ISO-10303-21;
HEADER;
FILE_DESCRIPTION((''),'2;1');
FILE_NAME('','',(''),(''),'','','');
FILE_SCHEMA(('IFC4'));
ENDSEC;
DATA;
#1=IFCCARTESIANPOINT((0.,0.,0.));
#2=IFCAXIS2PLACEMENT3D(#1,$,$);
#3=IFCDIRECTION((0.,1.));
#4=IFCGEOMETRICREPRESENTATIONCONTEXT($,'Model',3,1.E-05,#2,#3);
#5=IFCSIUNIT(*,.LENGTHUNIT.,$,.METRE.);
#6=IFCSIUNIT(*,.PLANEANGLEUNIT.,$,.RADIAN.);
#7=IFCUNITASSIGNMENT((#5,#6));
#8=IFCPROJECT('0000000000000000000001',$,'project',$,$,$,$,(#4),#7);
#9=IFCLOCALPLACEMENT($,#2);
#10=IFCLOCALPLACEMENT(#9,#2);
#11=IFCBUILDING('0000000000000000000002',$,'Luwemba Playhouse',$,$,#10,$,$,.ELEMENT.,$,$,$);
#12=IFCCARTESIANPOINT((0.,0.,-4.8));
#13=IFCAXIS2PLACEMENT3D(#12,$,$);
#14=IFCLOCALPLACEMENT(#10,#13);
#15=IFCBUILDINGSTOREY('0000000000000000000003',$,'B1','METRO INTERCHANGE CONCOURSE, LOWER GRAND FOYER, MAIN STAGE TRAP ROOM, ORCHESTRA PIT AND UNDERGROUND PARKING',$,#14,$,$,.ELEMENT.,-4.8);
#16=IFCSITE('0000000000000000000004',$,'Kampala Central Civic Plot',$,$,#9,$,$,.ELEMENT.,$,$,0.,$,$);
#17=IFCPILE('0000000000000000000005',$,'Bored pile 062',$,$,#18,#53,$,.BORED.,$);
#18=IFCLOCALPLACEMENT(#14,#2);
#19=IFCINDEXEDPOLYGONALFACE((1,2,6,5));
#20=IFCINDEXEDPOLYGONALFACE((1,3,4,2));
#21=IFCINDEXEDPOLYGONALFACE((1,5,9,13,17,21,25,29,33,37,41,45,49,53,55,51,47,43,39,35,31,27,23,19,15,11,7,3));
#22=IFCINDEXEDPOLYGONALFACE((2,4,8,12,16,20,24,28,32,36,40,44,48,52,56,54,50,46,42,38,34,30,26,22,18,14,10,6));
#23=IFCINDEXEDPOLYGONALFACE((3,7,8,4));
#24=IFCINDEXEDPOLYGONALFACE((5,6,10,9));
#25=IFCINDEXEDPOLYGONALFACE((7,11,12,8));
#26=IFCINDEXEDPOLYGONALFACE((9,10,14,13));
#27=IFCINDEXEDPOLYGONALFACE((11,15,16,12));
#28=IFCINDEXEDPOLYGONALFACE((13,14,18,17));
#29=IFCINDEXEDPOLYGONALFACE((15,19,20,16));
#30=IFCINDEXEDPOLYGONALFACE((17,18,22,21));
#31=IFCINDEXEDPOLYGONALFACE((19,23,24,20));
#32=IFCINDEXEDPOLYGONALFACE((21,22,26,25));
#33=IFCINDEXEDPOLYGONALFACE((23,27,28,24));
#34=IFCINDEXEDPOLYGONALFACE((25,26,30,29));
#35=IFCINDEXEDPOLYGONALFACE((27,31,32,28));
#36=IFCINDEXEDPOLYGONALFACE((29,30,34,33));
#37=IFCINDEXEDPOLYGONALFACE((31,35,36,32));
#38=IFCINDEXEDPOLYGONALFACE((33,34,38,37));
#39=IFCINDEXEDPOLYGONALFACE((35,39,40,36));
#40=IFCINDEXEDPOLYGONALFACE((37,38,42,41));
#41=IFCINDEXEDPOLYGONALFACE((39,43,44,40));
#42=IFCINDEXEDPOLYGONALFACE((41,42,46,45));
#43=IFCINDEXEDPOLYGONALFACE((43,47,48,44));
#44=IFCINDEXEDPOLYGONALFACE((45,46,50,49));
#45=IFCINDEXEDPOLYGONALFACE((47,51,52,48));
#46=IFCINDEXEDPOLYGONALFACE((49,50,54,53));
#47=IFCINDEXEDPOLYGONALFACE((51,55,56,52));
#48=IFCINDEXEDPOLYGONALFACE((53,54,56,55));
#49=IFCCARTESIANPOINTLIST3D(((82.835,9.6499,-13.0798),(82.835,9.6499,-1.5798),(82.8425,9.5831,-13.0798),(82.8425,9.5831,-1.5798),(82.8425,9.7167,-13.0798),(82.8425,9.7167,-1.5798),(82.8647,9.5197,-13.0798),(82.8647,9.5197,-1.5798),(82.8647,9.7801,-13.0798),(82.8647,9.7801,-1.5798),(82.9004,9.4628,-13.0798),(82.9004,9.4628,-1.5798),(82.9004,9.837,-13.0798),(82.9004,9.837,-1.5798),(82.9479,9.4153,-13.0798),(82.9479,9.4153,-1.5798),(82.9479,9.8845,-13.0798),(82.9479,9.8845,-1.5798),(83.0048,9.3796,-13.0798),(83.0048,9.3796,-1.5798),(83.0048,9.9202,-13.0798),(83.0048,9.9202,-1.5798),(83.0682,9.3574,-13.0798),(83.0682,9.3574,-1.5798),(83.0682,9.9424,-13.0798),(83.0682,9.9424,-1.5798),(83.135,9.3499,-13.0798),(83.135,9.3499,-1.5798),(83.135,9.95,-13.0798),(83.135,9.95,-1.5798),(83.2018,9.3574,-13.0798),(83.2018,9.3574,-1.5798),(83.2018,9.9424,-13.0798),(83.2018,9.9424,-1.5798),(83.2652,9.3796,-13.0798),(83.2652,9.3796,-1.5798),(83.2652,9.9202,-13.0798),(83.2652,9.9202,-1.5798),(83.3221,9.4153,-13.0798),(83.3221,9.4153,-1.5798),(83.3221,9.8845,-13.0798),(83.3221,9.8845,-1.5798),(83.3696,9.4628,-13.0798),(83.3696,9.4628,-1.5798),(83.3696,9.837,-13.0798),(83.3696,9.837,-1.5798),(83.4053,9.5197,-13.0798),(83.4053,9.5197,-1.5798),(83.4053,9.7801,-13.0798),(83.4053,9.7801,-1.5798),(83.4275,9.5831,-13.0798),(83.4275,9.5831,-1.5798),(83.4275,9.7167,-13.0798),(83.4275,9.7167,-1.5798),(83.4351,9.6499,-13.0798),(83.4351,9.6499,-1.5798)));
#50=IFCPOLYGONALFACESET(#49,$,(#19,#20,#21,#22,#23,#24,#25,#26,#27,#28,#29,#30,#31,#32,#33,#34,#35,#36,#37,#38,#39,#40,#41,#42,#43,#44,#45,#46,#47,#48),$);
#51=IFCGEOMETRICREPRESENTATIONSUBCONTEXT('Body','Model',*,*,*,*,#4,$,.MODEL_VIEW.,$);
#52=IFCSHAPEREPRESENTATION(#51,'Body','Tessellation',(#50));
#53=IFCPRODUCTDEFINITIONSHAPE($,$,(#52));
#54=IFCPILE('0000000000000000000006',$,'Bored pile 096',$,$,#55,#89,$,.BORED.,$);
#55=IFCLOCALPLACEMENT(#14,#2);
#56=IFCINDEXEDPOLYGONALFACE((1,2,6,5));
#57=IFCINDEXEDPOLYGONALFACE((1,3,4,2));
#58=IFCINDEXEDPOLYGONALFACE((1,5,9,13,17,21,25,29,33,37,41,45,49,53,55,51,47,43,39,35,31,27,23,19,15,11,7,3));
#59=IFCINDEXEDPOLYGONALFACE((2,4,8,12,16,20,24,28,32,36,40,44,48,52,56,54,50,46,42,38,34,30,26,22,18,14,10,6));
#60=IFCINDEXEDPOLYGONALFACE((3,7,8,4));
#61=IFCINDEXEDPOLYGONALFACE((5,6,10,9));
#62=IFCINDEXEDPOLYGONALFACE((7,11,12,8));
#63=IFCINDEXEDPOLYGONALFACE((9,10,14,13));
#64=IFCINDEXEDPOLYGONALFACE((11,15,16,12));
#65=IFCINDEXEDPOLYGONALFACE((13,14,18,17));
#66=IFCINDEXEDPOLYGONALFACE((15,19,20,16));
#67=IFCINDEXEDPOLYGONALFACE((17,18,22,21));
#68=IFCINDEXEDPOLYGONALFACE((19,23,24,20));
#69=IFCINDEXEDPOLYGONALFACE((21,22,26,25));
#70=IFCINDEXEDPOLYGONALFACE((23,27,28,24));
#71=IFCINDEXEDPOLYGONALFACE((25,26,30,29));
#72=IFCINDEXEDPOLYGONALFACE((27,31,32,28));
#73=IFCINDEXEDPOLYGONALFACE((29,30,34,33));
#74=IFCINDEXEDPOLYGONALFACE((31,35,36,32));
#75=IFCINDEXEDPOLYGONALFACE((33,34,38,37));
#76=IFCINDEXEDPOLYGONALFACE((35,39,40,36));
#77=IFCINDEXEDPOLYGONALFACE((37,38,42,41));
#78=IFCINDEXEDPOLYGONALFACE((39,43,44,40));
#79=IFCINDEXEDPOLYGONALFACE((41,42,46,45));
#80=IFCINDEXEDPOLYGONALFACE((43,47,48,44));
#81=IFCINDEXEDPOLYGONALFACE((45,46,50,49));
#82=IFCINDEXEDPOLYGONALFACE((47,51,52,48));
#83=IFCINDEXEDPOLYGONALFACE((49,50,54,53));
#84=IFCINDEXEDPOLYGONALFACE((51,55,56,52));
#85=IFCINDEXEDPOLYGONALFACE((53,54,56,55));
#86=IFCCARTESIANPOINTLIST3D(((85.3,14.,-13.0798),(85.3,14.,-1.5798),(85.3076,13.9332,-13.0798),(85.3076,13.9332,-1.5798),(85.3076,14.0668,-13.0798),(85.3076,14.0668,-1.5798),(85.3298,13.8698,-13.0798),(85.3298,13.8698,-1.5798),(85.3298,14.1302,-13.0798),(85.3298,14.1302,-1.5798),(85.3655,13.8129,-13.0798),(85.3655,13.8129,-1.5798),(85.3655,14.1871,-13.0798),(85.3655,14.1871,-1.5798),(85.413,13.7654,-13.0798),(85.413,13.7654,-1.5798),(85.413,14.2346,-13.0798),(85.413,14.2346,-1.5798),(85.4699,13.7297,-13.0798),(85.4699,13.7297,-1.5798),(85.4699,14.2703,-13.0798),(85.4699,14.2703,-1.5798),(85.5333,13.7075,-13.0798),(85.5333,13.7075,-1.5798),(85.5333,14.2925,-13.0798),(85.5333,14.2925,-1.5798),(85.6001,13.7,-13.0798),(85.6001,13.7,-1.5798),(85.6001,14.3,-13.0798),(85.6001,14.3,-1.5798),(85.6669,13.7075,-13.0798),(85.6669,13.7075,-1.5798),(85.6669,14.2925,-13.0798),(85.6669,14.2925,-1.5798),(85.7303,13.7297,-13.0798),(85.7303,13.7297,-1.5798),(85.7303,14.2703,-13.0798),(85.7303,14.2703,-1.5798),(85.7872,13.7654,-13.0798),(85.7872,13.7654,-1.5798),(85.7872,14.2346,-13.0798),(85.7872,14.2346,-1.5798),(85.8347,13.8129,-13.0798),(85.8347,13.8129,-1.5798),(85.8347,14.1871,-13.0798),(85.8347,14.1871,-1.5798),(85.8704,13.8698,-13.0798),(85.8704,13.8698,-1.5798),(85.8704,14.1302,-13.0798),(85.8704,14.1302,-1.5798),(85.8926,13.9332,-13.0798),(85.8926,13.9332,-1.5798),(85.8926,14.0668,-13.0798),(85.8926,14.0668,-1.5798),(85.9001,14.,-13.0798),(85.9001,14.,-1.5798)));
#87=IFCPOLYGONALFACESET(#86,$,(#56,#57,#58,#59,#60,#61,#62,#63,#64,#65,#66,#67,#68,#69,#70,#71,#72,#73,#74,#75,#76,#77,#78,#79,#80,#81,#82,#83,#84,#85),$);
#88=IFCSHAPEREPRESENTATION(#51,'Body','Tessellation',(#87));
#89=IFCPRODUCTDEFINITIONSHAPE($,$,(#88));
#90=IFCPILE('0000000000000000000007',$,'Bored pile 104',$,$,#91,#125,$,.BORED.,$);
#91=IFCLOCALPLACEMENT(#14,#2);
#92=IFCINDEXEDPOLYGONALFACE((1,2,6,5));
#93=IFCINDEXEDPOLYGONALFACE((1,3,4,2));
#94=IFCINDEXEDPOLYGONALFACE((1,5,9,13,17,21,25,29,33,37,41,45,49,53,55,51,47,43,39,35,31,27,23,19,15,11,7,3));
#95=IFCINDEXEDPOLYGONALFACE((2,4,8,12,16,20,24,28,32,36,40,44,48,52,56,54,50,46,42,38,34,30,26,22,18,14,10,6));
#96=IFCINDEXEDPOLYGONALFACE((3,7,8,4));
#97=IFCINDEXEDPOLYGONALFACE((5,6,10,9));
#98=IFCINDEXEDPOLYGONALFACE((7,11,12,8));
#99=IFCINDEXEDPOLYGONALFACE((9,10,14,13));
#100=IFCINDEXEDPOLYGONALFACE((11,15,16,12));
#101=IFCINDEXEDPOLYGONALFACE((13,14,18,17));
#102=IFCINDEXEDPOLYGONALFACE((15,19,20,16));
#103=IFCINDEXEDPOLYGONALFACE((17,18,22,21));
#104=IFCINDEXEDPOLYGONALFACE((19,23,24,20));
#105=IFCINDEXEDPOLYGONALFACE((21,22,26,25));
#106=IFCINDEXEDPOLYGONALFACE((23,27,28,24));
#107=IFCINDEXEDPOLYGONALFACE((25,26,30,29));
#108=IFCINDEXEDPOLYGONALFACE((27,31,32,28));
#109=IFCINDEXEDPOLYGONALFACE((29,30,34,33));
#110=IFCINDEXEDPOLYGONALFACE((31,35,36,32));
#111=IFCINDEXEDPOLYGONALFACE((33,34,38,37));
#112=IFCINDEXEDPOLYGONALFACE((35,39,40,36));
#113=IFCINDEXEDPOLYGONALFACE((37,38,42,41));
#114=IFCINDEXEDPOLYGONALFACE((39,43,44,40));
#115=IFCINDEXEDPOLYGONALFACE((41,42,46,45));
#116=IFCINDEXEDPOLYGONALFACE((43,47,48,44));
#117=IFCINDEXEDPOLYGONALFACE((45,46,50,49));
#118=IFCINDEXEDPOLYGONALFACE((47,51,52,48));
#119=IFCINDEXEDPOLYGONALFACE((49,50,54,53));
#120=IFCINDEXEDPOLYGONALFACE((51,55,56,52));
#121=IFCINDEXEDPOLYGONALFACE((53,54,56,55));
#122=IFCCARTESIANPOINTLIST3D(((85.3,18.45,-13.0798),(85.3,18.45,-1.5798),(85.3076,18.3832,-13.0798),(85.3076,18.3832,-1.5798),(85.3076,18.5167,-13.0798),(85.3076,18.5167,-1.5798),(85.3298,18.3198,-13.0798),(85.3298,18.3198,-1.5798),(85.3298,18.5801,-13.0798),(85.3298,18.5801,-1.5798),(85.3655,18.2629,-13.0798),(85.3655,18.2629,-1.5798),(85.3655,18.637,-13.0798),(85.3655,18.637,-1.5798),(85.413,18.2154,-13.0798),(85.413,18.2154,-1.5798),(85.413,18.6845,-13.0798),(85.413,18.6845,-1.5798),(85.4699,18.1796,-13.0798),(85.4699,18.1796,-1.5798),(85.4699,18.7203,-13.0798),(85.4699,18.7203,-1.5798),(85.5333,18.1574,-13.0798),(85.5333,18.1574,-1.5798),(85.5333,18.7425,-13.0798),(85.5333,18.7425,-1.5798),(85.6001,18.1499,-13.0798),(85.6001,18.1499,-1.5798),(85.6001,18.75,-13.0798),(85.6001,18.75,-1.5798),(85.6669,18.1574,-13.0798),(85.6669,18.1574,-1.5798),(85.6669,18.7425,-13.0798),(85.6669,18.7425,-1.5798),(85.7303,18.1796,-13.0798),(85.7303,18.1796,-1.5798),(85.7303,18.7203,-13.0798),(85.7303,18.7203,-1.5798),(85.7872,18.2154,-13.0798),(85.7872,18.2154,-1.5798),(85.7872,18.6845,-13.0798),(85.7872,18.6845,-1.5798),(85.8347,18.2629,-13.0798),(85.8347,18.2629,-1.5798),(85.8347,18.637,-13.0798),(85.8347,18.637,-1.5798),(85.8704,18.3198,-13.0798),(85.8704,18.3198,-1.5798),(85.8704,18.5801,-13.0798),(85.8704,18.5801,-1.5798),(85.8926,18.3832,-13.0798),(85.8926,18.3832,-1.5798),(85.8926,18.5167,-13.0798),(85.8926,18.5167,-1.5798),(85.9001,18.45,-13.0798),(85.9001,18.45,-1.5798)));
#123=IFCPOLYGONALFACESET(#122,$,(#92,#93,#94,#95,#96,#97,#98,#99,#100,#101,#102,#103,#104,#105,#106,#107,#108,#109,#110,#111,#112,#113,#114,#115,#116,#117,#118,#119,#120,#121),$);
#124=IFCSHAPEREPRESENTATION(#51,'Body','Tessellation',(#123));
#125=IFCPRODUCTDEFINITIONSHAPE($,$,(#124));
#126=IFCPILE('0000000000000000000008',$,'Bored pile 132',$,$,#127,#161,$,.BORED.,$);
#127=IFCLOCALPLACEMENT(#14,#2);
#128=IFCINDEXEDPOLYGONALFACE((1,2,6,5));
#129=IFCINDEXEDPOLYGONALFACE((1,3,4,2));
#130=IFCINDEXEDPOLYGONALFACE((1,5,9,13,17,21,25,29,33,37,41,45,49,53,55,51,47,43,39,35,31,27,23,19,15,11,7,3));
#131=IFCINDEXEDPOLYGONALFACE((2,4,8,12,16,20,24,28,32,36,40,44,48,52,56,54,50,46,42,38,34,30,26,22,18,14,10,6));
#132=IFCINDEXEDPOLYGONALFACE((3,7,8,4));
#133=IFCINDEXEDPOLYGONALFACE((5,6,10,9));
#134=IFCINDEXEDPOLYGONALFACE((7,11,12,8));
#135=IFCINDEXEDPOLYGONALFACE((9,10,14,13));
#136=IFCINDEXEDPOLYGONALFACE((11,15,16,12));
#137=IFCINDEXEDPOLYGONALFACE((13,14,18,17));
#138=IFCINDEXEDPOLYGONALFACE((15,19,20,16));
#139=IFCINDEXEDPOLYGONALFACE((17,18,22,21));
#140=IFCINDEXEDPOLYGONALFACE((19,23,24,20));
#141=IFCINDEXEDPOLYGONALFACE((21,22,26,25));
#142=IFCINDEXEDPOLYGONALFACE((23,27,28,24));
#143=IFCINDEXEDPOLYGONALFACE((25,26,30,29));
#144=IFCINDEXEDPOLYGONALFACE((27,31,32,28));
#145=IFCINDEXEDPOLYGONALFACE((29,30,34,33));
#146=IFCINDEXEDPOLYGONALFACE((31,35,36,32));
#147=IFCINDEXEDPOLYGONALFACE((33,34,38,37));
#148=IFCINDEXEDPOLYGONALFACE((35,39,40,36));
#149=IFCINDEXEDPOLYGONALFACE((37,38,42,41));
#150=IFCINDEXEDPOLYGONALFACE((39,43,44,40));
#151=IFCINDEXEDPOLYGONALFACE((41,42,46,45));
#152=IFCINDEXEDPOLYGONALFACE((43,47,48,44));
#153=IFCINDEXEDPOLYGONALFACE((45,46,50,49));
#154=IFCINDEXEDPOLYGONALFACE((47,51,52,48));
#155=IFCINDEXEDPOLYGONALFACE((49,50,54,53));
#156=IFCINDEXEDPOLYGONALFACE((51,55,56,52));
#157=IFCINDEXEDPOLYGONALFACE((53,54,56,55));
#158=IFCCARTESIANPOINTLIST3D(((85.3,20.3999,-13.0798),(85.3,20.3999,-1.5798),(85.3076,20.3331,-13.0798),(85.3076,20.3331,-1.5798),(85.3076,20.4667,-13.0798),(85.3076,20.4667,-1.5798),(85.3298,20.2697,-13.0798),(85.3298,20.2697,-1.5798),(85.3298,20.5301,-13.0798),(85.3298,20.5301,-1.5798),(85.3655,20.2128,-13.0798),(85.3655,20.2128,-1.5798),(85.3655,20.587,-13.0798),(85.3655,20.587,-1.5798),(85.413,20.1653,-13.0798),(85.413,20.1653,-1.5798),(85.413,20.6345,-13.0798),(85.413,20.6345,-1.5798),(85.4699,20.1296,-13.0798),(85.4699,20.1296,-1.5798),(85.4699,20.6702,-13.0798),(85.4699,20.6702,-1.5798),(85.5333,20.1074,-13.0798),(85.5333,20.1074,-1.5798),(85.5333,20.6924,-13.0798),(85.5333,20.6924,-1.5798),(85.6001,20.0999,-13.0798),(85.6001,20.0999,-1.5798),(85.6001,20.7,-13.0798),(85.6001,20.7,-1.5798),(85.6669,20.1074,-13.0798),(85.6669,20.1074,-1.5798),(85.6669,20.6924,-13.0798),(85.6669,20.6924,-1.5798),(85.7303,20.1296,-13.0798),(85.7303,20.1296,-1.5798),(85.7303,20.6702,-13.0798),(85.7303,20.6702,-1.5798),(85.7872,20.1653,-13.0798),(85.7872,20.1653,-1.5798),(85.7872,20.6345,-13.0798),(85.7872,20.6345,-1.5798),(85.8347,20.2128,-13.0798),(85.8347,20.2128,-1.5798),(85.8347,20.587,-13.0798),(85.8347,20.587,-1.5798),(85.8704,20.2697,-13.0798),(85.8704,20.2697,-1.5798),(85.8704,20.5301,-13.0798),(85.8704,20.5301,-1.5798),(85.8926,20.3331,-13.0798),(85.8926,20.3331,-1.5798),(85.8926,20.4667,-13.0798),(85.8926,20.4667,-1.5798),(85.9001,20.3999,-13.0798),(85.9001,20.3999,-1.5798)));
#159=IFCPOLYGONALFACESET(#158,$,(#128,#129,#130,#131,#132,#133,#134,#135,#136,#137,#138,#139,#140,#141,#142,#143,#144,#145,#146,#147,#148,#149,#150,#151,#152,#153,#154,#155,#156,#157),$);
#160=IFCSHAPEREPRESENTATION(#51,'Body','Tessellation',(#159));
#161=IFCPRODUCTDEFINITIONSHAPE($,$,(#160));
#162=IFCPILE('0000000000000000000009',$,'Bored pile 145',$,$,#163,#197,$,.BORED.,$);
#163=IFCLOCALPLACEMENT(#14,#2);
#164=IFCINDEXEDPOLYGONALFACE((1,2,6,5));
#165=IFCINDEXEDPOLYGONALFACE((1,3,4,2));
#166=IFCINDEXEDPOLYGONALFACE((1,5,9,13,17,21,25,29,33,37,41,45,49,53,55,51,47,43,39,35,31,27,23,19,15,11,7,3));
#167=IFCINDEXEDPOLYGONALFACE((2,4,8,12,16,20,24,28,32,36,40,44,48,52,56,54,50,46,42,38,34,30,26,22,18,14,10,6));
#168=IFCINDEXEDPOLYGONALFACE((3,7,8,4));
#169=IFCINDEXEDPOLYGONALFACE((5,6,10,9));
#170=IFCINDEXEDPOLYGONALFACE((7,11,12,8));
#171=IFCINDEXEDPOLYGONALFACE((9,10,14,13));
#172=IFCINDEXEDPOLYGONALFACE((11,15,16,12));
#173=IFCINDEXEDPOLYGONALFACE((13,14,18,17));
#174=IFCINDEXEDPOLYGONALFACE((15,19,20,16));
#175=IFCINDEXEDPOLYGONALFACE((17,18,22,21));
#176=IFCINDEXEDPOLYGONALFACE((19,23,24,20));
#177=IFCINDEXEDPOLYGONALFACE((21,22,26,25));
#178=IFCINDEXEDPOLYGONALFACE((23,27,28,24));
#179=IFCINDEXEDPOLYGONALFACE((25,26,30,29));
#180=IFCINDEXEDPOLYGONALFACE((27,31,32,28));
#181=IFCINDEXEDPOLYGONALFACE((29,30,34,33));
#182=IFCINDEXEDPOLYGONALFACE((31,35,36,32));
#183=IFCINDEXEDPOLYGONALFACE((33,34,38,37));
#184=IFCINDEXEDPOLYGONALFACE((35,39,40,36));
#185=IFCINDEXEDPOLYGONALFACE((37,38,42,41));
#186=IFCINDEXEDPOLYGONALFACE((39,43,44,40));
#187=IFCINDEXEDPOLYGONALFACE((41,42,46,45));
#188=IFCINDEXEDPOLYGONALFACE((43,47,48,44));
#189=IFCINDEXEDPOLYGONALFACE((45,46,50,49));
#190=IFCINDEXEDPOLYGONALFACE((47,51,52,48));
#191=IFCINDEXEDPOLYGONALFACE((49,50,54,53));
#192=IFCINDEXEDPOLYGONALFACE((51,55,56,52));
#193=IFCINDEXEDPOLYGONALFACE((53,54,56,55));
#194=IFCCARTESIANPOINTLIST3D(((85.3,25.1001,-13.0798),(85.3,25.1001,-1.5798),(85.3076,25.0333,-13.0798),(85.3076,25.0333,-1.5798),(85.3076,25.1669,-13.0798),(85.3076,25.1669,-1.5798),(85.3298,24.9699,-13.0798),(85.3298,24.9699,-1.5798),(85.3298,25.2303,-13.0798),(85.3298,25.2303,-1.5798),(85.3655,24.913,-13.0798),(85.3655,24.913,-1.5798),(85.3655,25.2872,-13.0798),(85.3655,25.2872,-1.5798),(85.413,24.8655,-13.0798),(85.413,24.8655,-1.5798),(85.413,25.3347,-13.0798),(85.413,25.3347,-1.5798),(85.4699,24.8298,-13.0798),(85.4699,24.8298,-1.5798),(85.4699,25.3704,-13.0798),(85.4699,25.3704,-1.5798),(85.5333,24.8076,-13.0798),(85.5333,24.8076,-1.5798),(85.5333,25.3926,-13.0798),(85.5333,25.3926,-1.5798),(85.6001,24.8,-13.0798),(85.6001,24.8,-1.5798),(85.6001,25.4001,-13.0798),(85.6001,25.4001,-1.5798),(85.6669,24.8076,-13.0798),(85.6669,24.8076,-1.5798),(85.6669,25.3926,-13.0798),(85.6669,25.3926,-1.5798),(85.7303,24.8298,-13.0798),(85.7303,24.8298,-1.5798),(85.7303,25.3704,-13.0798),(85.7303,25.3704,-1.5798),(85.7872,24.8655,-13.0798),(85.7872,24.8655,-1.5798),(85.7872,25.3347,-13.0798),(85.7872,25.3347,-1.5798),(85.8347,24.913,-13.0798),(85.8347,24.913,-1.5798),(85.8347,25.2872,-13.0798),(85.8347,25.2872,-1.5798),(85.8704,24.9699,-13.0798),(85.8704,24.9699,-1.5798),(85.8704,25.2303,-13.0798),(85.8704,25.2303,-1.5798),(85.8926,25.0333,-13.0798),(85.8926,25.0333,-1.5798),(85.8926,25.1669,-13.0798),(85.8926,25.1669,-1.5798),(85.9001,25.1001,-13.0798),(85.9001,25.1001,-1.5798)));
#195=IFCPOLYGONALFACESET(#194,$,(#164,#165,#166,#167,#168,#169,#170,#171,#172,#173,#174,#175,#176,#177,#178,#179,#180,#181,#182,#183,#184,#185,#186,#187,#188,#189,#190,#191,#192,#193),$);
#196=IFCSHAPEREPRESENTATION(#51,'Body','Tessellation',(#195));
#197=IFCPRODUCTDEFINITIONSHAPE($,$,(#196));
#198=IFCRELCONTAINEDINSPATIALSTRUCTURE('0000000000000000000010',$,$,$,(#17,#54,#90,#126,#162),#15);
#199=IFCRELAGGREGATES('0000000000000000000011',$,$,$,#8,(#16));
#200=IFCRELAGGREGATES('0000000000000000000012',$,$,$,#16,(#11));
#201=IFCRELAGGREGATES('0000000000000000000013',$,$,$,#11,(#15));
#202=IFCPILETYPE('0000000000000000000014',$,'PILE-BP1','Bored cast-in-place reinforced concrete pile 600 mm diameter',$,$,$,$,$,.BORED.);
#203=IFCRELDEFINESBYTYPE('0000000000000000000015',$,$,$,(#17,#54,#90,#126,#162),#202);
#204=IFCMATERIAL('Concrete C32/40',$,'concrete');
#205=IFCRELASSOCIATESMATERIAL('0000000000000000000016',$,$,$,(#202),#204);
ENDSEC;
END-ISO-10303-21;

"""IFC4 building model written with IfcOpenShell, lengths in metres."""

from ifc_helpers import new_model, si_unit, direction, frame, origin, origin_2d, place, context, subcontext, project, spatial, circle, extrude, material, material_profile, profile_set, type_object, element, save


model = new_model("IFC4")

# Units and contexts
model_context = context("Model", 3, precision=1e-05, world=origin(), true_north=direction((0.0, 1.0)))
body_context = subcontext(model_context, "Body", "Model", "MODEL_VIEW")
ifc_project = project(units=[si_unit("LENGTHUNIT", "METRE"), si_unit("PLANEANGLEUNIT", "RADIAN")], contexts=[model_context])

# Site, building, storey
site_placement = place(None, origin())
site = spatial("IfcSite", under=ifc_project, at=site_placement, Name="Kampala Central Civic Plot", CompositionType="ELEMENT", RefElevation=0.0)
building_placement = place(site_placement, origin())
building = spatial("IfcBuilding", under=site, at=building_placement, Name="Luwemba Playhouse", CompositionType="ELEMENT")
storey_placement = place(building_placement, frame((0.0, 0.0, -4.8)))
storey = spatial("IfcBuildingStorey", under=building, at=storey_placement, Name="B1", Description="METRO INTERCHANGE CONCOURSE, LOWER GRAND FOYER, MAIN STAGE TRAP ROOM, ORCHESTRA PIT AND UNDERGROUND PARKING", CompositionType="ELEMENT", Elevation=-4.8)

# Piles
ifc_material_1 = material(Name="Concrete C32/40", Category="concrete")
ifc_material_profile_1 = material_profile(ifc_material_1, circle(Radius=0.3, at=origin_2d()))
ifc_profile_set_1 = profile_set([ifc_material_profile_1], Name="Concrete C32/40")
pile_type = type_object("IfcPileType", Name="PILE-BP1", Description="Bored cast-in-place reinforced concrete pile 600 mm diameter", PredefinedType="BORED", material=ifc_profile_set_1)
for number, where, z_axis, x_axis, name in (
    (1, (83.135, 9.6499, -1.5798), (0.0, 0.0, -1.0), (1.0, 0.0, 0.0), "Bored pile 062"),
    (2, (85.6001, 14.0, -1.5798), (0.0, 0.0, -1.0), (1.0, 0.0, 0.0), "Bored pile 096"),
    (3, (85.6001, 18.45, -1.5798), (0.0, 0.0, -1.0), (1.0, 0.0, 0.0), "Bored pile 104"),
    (4, (85.6001, 20.3999, -1.5798), (0.0, 0.0, -1.0), (1.0, 0.0, 0.0), "Bored pile 132"),
    (5, (85.6001, 25.1001, -1.5798), (0.0, 0.0, -1.0), (1.0, 0.0, 0.0), "Bored pile 145"),
):
    element("IfcPile", number, at=place(storey_placement, frame(where, z_axis=z_axis, x_axis=x_axis)), inside=storey, type_object=pile_type, Name=name, PredefinedType="BORED", context=body_context, shape_type="SweptSolid", body=[
        extrude(circle(Radius=0.3, at=origin_2d()), origin(), (0.0, 0.0, 1.0), 11.5),
    ])

save(model, "model.ifc")
